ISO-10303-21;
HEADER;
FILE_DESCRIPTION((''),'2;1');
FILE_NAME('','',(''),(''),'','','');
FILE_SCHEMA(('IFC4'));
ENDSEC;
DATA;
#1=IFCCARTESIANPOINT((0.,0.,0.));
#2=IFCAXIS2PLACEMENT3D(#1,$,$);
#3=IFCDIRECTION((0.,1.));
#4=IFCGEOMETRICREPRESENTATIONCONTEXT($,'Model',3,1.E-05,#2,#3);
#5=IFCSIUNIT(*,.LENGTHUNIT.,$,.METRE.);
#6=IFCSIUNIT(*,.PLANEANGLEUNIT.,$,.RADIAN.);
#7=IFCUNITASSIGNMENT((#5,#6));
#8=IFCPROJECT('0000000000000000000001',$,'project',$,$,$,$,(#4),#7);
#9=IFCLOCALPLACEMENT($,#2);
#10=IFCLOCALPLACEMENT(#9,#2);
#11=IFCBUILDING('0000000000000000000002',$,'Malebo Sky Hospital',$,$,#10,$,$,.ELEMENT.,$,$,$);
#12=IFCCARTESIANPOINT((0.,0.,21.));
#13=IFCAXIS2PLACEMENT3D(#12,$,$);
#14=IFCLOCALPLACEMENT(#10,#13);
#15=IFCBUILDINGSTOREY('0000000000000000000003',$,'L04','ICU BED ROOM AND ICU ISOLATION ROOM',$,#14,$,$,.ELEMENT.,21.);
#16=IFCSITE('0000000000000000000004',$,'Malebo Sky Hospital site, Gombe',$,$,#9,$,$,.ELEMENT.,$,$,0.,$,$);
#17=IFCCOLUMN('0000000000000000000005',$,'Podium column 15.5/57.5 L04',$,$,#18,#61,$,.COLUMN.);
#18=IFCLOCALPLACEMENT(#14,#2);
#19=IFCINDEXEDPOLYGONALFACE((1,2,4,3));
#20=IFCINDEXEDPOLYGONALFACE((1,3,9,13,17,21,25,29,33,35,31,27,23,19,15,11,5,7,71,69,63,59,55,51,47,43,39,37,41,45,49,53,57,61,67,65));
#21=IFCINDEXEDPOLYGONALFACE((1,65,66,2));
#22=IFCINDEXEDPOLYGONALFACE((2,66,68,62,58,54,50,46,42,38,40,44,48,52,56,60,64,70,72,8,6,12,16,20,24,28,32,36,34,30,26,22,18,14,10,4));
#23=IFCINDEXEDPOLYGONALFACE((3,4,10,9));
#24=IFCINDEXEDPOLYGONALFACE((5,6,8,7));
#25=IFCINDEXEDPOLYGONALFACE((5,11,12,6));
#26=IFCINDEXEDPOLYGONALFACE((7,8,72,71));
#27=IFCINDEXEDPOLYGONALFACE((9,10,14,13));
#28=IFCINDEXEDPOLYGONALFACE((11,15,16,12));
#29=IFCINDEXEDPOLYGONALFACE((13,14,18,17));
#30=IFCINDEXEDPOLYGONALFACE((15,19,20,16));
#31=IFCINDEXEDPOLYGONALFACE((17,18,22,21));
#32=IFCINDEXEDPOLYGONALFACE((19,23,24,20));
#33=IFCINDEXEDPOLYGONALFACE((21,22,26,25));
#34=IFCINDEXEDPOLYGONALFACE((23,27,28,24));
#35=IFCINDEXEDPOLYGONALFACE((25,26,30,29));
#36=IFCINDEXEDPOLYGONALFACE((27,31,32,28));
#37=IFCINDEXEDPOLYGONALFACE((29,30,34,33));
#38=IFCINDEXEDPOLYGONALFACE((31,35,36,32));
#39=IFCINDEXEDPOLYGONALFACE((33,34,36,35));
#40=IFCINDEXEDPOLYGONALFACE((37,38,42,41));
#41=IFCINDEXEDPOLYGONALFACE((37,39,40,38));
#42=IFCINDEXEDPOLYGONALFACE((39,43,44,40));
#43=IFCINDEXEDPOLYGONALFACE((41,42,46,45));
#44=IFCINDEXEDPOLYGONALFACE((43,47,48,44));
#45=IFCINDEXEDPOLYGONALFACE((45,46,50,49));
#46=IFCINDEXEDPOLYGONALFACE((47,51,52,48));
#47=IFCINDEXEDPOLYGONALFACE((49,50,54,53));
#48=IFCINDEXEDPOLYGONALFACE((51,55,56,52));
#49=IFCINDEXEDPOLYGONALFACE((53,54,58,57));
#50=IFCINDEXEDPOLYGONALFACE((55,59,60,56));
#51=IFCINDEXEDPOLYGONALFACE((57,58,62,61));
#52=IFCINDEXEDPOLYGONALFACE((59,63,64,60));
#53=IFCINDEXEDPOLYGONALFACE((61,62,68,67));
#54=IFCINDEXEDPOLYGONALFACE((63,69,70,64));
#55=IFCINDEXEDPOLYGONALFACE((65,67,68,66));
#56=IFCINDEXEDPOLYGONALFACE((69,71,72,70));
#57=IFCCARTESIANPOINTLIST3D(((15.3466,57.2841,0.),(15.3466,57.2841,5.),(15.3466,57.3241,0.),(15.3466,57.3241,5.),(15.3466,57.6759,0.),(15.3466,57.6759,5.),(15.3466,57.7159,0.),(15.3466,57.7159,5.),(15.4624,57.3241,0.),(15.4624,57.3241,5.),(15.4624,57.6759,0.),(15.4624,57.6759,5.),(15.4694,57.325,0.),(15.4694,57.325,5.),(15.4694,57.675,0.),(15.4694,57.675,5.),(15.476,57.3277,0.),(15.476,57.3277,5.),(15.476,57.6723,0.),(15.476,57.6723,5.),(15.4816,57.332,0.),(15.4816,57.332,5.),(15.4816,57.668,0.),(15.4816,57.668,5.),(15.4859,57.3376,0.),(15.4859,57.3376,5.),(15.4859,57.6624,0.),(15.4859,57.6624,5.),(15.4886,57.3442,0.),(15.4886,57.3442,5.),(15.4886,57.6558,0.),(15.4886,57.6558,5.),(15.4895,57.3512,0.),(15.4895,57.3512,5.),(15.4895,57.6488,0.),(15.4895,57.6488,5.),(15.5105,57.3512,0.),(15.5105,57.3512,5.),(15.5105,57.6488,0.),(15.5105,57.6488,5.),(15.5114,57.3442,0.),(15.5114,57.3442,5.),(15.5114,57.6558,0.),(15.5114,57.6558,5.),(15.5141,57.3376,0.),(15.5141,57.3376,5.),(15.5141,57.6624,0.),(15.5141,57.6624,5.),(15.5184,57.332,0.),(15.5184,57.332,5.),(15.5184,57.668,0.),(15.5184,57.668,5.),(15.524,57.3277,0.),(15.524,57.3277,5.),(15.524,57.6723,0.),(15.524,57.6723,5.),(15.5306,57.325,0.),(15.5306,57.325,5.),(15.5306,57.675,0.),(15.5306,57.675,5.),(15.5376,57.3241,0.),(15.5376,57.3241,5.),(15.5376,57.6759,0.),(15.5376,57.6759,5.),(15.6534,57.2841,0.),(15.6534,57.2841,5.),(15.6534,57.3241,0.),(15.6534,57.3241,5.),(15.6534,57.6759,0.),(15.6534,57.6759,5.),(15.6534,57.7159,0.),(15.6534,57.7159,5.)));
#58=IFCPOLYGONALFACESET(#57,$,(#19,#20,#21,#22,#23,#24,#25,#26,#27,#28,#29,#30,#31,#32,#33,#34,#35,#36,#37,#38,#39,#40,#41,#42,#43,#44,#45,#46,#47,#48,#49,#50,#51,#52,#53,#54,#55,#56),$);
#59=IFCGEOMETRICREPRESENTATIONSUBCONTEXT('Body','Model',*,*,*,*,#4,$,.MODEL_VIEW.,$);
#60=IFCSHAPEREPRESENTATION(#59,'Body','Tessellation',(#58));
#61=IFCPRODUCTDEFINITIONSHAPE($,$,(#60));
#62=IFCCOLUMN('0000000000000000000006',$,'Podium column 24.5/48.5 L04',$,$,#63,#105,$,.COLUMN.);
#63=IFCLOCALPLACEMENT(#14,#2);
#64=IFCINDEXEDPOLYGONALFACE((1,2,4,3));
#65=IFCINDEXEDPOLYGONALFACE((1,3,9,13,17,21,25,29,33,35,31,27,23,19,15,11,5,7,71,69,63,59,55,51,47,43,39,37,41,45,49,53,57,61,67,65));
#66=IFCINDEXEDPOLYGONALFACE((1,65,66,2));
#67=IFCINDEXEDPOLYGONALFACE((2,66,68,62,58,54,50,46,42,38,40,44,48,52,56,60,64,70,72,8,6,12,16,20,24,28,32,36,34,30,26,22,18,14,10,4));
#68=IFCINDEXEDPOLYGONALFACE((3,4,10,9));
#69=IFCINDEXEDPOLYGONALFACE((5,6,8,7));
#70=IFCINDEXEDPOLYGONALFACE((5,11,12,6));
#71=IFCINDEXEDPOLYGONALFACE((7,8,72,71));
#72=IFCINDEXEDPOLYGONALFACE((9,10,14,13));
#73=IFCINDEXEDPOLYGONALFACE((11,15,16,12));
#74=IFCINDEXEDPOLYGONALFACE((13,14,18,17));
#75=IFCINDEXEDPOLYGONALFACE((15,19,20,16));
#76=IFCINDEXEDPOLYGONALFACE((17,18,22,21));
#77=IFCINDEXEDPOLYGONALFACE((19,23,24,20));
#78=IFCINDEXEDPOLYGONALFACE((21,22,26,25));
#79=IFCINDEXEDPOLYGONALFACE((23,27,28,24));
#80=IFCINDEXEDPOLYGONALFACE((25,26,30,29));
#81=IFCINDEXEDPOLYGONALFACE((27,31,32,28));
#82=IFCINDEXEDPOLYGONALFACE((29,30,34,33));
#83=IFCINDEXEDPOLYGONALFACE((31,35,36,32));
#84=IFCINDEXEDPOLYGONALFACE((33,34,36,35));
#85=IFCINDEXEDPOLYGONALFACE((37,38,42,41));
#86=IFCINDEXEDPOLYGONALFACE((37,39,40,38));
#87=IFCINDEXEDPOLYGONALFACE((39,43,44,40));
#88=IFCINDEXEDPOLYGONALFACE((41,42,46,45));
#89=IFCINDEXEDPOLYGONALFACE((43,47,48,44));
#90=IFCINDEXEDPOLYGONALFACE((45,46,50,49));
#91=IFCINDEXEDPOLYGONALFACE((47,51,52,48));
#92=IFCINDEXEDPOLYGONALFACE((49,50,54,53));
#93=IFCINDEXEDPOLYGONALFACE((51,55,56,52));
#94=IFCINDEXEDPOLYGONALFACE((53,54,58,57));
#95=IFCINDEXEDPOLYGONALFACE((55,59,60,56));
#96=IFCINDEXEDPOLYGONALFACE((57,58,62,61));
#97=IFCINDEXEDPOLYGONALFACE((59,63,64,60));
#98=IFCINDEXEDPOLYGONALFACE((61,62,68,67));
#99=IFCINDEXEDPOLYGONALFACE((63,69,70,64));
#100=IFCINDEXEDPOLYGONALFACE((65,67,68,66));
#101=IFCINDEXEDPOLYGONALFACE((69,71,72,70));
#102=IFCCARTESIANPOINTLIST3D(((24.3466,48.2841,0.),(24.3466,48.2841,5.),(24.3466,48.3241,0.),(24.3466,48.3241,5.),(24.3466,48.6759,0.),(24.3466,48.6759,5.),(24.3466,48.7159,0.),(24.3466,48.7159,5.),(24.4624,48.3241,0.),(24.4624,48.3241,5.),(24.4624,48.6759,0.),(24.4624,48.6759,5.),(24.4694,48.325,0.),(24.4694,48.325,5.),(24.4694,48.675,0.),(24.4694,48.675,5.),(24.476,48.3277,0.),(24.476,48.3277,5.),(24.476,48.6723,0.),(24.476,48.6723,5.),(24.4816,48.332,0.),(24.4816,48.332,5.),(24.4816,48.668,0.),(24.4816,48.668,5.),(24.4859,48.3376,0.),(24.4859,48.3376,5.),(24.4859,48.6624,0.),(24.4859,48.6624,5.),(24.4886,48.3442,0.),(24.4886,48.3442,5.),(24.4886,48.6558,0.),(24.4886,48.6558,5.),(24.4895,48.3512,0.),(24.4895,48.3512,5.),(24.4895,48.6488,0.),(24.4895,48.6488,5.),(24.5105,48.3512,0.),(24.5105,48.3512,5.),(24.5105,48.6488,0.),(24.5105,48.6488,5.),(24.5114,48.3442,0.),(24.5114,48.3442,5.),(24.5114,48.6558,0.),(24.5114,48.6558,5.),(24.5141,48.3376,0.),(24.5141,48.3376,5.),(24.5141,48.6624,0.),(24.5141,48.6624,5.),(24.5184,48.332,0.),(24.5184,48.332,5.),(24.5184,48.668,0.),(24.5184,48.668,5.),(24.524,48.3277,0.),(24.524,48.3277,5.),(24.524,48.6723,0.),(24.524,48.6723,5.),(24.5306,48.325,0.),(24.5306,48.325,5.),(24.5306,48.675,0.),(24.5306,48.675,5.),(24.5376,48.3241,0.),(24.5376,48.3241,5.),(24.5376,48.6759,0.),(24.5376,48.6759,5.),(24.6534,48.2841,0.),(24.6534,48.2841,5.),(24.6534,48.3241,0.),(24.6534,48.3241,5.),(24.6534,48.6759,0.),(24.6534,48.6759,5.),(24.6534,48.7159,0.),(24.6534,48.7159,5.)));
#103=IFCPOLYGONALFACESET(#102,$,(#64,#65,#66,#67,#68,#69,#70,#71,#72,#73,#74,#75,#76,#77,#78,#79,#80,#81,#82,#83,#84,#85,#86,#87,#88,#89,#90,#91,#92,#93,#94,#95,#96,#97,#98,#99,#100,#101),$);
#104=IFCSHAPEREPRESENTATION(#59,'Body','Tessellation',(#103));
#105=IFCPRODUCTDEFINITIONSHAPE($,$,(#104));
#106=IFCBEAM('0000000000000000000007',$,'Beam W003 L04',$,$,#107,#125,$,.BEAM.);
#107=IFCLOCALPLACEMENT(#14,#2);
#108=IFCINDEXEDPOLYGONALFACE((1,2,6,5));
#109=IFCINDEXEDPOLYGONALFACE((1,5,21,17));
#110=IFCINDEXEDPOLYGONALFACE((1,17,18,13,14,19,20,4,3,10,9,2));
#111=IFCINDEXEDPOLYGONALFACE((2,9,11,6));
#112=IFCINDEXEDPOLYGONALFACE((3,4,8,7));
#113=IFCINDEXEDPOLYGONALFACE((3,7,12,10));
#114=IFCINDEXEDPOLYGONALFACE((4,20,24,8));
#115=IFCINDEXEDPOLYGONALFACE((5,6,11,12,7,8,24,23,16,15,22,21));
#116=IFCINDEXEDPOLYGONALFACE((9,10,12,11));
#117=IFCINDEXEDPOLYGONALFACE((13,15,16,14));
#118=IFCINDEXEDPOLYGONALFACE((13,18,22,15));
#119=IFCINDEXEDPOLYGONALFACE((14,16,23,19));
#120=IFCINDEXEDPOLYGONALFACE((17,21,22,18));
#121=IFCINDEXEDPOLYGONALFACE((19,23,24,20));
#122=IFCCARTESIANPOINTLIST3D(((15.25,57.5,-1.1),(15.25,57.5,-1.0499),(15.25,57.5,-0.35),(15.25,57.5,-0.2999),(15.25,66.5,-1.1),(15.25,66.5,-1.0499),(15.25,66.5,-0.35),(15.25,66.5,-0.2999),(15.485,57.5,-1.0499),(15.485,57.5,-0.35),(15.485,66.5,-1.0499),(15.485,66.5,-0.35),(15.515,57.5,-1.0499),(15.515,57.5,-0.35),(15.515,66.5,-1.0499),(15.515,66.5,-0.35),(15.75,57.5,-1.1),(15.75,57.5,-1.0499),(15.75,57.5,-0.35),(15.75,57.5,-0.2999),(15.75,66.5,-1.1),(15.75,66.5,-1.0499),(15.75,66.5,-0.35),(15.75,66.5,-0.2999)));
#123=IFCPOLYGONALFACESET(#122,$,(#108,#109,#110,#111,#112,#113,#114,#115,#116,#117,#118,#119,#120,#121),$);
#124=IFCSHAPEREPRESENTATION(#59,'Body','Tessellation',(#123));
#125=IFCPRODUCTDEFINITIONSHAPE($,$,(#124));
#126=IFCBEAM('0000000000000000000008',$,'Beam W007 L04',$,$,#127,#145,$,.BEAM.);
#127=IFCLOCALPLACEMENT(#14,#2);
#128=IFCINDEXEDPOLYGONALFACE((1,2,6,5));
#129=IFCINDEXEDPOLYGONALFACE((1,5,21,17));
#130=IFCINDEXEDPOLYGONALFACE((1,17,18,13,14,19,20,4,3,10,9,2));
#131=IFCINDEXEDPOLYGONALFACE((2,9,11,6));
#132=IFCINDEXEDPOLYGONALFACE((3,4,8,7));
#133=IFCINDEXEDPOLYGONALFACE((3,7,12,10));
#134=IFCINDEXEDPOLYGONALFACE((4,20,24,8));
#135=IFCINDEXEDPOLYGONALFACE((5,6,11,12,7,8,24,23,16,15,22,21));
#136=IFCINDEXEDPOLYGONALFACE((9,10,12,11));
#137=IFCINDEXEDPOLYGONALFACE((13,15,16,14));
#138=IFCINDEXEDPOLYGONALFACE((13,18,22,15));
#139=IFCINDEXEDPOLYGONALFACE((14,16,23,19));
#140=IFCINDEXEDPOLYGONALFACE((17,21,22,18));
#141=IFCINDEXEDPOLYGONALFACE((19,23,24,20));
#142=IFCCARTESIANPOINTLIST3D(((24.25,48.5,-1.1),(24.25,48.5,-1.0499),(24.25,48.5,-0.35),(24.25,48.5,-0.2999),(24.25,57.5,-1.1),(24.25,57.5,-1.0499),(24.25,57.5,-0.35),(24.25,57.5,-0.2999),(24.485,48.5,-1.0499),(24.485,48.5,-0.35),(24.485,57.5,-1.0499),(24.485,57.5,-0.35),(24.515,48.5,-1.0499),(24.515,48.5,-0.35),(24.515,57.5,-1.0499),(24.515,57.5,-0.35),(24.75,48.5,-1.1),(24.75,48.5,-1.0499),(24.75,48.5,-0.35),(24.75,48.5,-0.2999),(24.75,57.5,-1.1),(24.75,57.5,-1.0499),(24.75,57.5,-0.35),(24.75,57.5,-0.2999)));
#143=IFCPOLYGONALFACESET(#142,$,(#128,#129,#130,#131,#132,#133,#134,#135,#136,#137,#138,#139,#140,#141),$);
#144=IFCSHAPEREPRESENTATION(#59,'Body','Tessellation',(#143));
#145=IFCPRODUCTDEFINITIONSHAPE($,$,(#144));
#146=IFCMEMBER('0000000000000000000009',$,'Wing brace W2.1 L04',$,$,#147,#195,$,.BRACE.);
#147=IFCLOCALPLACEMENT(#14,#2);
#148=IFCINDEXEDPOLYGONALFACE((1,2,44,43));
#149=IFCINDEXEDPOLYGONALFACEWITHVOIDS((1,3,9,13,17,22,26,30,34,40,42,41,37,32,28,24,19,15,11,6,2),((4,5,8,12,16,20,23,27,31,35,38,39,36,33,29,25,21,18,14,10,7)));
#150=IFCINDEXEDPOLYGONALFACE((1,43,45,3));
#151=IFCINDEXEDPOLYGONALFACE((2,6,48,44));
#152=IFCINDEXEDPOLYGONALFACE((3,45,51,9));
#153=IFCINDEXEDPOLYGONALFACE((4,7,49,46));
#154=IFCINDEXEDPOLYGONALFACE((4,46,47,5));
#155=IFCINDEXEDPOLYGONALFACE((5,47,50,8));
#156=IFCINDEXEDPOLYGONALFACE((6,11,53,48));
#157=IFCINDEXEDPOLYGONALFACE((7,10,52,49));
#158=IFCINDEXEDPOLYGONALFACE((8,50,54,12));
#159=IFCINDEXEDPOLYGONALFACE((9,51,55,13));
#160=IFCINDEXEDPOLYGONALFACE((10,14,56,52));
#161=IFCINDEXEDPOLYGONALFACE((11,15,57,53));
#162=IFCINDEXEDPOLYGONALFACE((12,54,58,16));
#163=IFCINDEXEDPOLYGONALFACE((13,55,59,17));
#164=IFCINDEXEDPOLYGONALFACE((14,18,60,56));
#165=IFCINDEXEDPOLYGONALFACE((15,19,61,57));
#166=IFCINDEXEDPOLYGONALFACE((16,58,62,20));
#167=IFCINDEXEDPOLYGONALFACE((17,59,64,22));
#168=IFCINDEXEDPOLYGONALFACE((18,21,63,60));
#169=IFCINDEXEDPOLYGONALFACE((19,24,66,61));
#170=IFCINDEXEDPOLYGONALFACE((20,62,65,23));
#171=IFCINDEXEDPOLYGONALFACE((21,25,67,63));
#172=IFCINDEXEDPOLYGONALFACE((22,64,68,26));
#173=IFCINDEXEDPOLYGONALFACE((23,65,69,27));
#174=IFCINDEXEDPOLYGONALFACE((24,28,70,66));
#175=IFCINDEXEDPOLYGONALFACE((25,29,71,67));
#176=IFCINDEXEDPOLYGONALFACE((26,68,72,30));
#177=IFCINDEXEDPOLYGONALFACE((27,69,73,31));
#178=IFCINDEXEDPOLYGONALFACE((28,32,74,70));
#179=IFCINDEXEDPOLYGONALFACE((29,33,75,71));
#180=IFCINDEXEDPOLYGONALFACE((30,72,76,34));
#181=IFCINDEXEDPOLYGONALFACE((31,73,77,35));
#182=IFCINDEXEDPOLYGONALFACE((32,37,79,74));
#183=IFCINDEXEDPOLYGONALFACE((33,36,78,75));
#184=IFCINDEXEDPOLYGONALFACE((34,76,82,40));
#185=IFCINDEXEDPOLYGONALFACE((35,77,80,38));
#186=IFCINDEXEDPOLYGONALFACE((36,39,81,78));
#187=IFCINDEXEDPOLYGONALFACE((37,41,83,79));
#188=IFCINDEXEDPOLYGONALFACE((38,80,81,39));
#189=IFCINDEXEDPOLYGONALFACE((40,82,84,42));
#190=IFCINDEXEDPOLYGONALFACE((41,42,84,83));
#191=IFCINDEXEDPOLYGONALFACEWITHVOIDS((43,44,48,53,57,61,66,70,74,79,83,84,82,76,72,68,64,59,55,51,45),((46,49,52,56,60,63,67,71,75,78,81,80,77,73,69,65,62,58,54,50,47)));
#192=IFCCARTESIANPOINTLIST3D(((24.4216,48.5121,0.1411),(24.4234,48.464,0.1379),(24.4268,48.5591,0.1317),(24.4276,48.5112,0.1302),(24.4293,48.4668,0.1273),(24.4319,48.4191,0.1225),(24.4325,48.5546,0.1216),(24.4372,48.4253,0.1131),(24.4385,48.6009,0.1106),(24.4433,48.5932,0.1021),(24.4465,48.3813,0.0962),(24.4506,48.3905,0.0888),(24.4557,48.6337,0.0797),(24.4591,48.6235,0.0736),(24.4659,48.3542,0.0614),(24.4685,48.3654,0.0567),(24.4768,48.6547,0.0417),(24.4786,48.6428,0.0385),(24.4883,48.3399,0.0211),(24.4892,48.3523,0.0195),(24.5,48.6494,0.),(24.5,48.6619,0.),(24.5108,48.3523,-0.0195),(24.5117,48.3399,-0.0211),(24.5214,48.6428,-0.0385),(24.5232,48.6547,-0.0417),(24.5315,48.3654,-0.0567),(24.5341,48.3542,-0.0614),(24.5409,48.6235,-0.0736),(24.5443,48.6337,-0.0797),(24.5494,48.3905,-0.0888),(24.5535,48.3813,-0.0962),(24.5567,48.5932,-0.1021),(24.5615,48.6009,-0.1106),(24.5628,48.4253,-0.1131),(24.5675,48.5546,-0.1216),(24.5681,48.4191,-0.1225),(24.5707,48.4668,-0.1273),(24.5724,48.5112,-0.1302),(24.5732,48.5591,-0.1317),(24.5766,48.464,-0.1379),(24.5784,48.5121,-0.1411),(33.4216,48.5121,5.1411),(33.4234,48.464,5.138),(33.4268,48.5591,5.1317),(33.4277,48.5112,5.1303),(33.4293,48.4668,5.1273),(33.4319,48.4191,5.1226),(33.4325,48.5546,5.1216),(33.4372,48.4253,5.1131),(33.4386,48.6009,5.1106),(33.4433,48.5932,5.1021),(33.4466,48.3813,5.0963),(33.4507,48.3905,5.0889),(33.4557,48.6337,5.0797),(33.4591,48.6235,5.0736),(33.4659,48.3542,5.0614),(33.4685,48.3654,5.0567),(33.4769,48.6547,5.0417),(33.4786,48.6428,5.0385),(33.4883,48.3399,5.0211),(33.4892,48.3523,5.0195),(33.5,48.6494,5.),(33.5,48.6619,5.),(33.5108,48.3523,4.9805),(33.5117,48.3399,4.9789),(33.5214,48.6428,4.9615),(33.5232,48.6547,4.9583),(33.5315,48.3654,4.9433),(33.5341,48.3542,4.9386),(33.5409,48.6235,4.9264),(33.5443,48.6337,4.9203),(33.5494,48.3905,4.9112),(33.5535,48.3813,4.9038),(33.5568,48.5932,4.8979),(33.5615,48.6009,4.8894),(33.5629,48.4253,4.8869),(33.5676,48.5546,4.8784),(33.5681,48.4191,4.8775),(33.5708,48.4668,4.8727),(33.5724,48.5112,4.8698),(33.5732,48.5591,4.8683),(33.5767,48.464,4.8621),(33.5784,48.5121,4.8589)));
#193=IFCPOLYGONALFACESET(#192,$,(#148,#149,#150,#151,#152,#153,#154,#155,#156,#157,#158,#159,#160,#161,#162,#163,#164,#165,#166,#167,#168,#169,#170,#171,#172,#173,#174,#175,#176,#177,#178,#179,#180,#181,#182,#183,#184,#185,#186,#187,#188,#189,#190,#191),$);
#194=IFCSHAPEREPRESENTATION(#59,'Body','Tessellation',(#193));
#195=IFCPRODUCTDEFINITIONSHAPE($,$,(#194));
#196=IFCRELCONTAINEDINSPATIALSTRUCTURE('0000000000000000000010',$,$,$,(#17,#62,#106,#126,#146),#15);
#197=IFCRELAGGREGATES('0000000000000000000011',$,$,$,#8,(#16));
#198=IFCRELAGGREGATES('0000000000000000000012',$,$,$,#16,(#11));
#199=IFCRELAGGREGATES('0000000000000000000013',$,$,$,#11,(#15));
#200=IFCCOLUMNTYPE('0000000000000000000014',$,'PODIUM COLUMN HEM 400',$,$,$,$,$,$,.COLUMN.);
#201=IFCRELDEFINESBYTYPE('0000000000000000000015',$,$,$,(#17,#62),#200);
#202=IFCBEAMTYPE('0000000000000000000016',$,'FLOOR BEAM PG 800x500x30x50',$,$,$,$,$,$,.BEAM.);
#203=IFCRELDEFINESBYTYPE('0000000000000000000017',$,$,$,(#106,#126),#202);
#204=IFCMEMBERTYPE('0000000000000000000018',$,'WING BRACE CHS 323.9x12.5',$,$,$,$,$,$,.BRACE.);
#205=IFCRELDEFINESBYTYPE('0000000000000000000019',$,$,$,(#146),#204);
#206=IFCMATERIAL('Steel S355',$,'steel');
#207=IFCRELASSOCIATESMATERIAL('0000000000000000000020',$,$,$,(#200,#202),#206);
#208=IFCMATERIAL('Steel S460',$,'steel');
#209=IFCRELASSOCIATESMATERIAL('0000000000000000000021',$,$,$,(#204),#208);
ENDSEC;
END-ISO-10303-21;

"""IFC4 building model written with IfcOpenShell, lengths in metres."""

from ifc_helpers import new_model, si_unit, direction, frame, origin, origin_2d, place, context, subcontext, project, spatial, hollow_circle, i_section, extrude, material, material_profile, profile_set, type_object, element, save


model = new_model("IFC4")

# Units and contexts
model_context = context("Model", 3, precision=1e-05, world=origin(), true_north=direction((0.0, 1.0)))
body_context = subcontext(model_context, "Body", "Model", "MODEL_VIEW")
ifc_project = project(units=[si_unit("LENGTHUNIT", "METRE"), si_unit("PLANEANGLEUNIT", "RADIAN")], contexts=[model_context])

# Site, building, storey
site_placement = place(None, origin())
site = spatial("IfcSite", under=ifc_project, at=site_placement, Name="Malebo Sky Hospital site, Gombe", CompositionType="ELEMENT", RefElevation=0.0)
building_placement = place(site_placement, origin())
building = spatial("IfcBuilding", under=site, at=building_placement, Name="Malebo Sky Hospital", CompositionType="ELEMENT")
storey_placement = place(building_placement, frame((0.0, 0.0, 21.0)))
storey = spatial("IfcBuildingStorey", under=building, at=storey_placement, Name="L04", Description="ICU BED ROOM AND ICU ISOLATION ROOM", CompositionType="ELEMENT", Elevation=21.0)

# Columns
ifc_material_1 = material(Name="Steel S355", Category="steel")
ifc_material_profile_1 = material_profile(ifc_material_1, i_section(OverallWidth=0.3069, OverallDepth=0.4319, WebThickness=0.021, FlangeThickness=0.04, FilletRadius=0.0271, at=origin_2d()), Name="HEM 400")
ifc_profile_set_1 = profile_set([ifc_material_profile_1], Name="Steel S355")
column_type = type_object("IfcColumnType", Name="PODIUM COLUMN HEM 400", PredefinedType="COLUMN", material=ifc_profile_set_1)
for number, where, z_axis, x_axis, name in (
    (1, (15.5, 57.5, 0.0), (0.0, 0.0, 1.0), (1.0, 0.0, 0.0), "Podium column 15.5/57.5 L04"),
    (2, (24.5, 48.5, 0.0), (0.0, 0.0, 1.0), (1.0, 0.0, 0.0), "Podium column 24.5/48.5 L04"),
):
    element("IfcColumn", number, at=place(storey_placement, frame(where, z_axis=z_axis, x_axis=x_axis)), inside=storey, type_object=column_type, Name=name, PredefinedType="COLUMN", context=body_context, shape_type="SweptSolid", body=[
        extrude(i_section(OverallWidth=0.3069, OverallDepth=0.4319, WebThickness=0.021, FlangeThickness=0.04, FilletRadius=0.0271, at=origin_2d()), origin(), (0.0, 0.0, 1.0), 5.0),
    ])

# Beams
ifc_material_profile_2 = material_profile(ifc_material_1, i_section(OverallWidth=0.5, OverallDepth=0.8, WebThickness=0.03, FlangeThickness=0.05, at=origin_2d()), Name="PG 800x500x30x50")
ifc_profile_set_2 = profile_set([ifc_material_profile_2], Name="Steel S355")
beam_type = type_object("IfcBeamType", Name="FLOOR BEAM PG 800x500x30x50", PredefinedType="BEAM", material=ifc_profile_set_2)
for number, where, z_axis, x_axis, name in (
    (3, (15.5, 57.5, -0.7), (0.0, 1.0, 0.0), (-1.0, 0.0, 0.0), "Beam W003 L04"),
    (4, (24.5, 48.5, -0.7), (0.0, 1.0, 0.0), (-1.0, 0.0, 0.0), "Beam W007 L04"),
):
    element("IfcBeam", number, at=place(storey_placement, frame(where, z_axis=z_axis, x_axis=x_axis)), inside=storey, type_object=beam_type, Name=name, PredefinedType="BEAM", context=body_context, shape_type="SweptSolid", body=[
        extrude(i_section(OverallWidth=0.5, OverallDepth=0.8, WebThickness=0.03, FlangeThickness=0.05, at=origin_2d()), origin(), (0.0, 0.0, 1.0), 9.0),
    ])

# Member
ifc_material_2 = material(Name="Steel S460", Category="steel")
ifc_material_profile_3 = material_profile(ifc_material_2, hollow_circle(Radius=0.1619, WallThickness=0.0125, at=origin_2d()), Name="CHS 323.9x12.5")
ifc_profile_set_3 = profile_set([ifc_material_profile_3], Name="Steel S460")
member_type = type_object("IfcMemberType", Name="WING BRACE CHS 323.9x12.5", PredefinedType="BRACE", material=ifc_profile_set_3)
member_placement = place(storey_placement, frame((24.5, 48.5, 0.0), z_axis=(0.874157, 0.0, 0.485643), x_axis=(0.0, 1.0, 0.0)))
element("IfcMember", 5, at=member_placement, inside=storey, type_object=member_type, Name="Wing brace W2.1 L04", PredefinedType="BRACE", context=body_context, shape_type="SweptSolid", body=[
    extrude(hollow_circle(Radius=0.1619, WallThickness=0.0125, at=origin_2d()), origin(), (0.0, 0.0, 1.0), 10.2957),
])

save(model, "model.ifc")
